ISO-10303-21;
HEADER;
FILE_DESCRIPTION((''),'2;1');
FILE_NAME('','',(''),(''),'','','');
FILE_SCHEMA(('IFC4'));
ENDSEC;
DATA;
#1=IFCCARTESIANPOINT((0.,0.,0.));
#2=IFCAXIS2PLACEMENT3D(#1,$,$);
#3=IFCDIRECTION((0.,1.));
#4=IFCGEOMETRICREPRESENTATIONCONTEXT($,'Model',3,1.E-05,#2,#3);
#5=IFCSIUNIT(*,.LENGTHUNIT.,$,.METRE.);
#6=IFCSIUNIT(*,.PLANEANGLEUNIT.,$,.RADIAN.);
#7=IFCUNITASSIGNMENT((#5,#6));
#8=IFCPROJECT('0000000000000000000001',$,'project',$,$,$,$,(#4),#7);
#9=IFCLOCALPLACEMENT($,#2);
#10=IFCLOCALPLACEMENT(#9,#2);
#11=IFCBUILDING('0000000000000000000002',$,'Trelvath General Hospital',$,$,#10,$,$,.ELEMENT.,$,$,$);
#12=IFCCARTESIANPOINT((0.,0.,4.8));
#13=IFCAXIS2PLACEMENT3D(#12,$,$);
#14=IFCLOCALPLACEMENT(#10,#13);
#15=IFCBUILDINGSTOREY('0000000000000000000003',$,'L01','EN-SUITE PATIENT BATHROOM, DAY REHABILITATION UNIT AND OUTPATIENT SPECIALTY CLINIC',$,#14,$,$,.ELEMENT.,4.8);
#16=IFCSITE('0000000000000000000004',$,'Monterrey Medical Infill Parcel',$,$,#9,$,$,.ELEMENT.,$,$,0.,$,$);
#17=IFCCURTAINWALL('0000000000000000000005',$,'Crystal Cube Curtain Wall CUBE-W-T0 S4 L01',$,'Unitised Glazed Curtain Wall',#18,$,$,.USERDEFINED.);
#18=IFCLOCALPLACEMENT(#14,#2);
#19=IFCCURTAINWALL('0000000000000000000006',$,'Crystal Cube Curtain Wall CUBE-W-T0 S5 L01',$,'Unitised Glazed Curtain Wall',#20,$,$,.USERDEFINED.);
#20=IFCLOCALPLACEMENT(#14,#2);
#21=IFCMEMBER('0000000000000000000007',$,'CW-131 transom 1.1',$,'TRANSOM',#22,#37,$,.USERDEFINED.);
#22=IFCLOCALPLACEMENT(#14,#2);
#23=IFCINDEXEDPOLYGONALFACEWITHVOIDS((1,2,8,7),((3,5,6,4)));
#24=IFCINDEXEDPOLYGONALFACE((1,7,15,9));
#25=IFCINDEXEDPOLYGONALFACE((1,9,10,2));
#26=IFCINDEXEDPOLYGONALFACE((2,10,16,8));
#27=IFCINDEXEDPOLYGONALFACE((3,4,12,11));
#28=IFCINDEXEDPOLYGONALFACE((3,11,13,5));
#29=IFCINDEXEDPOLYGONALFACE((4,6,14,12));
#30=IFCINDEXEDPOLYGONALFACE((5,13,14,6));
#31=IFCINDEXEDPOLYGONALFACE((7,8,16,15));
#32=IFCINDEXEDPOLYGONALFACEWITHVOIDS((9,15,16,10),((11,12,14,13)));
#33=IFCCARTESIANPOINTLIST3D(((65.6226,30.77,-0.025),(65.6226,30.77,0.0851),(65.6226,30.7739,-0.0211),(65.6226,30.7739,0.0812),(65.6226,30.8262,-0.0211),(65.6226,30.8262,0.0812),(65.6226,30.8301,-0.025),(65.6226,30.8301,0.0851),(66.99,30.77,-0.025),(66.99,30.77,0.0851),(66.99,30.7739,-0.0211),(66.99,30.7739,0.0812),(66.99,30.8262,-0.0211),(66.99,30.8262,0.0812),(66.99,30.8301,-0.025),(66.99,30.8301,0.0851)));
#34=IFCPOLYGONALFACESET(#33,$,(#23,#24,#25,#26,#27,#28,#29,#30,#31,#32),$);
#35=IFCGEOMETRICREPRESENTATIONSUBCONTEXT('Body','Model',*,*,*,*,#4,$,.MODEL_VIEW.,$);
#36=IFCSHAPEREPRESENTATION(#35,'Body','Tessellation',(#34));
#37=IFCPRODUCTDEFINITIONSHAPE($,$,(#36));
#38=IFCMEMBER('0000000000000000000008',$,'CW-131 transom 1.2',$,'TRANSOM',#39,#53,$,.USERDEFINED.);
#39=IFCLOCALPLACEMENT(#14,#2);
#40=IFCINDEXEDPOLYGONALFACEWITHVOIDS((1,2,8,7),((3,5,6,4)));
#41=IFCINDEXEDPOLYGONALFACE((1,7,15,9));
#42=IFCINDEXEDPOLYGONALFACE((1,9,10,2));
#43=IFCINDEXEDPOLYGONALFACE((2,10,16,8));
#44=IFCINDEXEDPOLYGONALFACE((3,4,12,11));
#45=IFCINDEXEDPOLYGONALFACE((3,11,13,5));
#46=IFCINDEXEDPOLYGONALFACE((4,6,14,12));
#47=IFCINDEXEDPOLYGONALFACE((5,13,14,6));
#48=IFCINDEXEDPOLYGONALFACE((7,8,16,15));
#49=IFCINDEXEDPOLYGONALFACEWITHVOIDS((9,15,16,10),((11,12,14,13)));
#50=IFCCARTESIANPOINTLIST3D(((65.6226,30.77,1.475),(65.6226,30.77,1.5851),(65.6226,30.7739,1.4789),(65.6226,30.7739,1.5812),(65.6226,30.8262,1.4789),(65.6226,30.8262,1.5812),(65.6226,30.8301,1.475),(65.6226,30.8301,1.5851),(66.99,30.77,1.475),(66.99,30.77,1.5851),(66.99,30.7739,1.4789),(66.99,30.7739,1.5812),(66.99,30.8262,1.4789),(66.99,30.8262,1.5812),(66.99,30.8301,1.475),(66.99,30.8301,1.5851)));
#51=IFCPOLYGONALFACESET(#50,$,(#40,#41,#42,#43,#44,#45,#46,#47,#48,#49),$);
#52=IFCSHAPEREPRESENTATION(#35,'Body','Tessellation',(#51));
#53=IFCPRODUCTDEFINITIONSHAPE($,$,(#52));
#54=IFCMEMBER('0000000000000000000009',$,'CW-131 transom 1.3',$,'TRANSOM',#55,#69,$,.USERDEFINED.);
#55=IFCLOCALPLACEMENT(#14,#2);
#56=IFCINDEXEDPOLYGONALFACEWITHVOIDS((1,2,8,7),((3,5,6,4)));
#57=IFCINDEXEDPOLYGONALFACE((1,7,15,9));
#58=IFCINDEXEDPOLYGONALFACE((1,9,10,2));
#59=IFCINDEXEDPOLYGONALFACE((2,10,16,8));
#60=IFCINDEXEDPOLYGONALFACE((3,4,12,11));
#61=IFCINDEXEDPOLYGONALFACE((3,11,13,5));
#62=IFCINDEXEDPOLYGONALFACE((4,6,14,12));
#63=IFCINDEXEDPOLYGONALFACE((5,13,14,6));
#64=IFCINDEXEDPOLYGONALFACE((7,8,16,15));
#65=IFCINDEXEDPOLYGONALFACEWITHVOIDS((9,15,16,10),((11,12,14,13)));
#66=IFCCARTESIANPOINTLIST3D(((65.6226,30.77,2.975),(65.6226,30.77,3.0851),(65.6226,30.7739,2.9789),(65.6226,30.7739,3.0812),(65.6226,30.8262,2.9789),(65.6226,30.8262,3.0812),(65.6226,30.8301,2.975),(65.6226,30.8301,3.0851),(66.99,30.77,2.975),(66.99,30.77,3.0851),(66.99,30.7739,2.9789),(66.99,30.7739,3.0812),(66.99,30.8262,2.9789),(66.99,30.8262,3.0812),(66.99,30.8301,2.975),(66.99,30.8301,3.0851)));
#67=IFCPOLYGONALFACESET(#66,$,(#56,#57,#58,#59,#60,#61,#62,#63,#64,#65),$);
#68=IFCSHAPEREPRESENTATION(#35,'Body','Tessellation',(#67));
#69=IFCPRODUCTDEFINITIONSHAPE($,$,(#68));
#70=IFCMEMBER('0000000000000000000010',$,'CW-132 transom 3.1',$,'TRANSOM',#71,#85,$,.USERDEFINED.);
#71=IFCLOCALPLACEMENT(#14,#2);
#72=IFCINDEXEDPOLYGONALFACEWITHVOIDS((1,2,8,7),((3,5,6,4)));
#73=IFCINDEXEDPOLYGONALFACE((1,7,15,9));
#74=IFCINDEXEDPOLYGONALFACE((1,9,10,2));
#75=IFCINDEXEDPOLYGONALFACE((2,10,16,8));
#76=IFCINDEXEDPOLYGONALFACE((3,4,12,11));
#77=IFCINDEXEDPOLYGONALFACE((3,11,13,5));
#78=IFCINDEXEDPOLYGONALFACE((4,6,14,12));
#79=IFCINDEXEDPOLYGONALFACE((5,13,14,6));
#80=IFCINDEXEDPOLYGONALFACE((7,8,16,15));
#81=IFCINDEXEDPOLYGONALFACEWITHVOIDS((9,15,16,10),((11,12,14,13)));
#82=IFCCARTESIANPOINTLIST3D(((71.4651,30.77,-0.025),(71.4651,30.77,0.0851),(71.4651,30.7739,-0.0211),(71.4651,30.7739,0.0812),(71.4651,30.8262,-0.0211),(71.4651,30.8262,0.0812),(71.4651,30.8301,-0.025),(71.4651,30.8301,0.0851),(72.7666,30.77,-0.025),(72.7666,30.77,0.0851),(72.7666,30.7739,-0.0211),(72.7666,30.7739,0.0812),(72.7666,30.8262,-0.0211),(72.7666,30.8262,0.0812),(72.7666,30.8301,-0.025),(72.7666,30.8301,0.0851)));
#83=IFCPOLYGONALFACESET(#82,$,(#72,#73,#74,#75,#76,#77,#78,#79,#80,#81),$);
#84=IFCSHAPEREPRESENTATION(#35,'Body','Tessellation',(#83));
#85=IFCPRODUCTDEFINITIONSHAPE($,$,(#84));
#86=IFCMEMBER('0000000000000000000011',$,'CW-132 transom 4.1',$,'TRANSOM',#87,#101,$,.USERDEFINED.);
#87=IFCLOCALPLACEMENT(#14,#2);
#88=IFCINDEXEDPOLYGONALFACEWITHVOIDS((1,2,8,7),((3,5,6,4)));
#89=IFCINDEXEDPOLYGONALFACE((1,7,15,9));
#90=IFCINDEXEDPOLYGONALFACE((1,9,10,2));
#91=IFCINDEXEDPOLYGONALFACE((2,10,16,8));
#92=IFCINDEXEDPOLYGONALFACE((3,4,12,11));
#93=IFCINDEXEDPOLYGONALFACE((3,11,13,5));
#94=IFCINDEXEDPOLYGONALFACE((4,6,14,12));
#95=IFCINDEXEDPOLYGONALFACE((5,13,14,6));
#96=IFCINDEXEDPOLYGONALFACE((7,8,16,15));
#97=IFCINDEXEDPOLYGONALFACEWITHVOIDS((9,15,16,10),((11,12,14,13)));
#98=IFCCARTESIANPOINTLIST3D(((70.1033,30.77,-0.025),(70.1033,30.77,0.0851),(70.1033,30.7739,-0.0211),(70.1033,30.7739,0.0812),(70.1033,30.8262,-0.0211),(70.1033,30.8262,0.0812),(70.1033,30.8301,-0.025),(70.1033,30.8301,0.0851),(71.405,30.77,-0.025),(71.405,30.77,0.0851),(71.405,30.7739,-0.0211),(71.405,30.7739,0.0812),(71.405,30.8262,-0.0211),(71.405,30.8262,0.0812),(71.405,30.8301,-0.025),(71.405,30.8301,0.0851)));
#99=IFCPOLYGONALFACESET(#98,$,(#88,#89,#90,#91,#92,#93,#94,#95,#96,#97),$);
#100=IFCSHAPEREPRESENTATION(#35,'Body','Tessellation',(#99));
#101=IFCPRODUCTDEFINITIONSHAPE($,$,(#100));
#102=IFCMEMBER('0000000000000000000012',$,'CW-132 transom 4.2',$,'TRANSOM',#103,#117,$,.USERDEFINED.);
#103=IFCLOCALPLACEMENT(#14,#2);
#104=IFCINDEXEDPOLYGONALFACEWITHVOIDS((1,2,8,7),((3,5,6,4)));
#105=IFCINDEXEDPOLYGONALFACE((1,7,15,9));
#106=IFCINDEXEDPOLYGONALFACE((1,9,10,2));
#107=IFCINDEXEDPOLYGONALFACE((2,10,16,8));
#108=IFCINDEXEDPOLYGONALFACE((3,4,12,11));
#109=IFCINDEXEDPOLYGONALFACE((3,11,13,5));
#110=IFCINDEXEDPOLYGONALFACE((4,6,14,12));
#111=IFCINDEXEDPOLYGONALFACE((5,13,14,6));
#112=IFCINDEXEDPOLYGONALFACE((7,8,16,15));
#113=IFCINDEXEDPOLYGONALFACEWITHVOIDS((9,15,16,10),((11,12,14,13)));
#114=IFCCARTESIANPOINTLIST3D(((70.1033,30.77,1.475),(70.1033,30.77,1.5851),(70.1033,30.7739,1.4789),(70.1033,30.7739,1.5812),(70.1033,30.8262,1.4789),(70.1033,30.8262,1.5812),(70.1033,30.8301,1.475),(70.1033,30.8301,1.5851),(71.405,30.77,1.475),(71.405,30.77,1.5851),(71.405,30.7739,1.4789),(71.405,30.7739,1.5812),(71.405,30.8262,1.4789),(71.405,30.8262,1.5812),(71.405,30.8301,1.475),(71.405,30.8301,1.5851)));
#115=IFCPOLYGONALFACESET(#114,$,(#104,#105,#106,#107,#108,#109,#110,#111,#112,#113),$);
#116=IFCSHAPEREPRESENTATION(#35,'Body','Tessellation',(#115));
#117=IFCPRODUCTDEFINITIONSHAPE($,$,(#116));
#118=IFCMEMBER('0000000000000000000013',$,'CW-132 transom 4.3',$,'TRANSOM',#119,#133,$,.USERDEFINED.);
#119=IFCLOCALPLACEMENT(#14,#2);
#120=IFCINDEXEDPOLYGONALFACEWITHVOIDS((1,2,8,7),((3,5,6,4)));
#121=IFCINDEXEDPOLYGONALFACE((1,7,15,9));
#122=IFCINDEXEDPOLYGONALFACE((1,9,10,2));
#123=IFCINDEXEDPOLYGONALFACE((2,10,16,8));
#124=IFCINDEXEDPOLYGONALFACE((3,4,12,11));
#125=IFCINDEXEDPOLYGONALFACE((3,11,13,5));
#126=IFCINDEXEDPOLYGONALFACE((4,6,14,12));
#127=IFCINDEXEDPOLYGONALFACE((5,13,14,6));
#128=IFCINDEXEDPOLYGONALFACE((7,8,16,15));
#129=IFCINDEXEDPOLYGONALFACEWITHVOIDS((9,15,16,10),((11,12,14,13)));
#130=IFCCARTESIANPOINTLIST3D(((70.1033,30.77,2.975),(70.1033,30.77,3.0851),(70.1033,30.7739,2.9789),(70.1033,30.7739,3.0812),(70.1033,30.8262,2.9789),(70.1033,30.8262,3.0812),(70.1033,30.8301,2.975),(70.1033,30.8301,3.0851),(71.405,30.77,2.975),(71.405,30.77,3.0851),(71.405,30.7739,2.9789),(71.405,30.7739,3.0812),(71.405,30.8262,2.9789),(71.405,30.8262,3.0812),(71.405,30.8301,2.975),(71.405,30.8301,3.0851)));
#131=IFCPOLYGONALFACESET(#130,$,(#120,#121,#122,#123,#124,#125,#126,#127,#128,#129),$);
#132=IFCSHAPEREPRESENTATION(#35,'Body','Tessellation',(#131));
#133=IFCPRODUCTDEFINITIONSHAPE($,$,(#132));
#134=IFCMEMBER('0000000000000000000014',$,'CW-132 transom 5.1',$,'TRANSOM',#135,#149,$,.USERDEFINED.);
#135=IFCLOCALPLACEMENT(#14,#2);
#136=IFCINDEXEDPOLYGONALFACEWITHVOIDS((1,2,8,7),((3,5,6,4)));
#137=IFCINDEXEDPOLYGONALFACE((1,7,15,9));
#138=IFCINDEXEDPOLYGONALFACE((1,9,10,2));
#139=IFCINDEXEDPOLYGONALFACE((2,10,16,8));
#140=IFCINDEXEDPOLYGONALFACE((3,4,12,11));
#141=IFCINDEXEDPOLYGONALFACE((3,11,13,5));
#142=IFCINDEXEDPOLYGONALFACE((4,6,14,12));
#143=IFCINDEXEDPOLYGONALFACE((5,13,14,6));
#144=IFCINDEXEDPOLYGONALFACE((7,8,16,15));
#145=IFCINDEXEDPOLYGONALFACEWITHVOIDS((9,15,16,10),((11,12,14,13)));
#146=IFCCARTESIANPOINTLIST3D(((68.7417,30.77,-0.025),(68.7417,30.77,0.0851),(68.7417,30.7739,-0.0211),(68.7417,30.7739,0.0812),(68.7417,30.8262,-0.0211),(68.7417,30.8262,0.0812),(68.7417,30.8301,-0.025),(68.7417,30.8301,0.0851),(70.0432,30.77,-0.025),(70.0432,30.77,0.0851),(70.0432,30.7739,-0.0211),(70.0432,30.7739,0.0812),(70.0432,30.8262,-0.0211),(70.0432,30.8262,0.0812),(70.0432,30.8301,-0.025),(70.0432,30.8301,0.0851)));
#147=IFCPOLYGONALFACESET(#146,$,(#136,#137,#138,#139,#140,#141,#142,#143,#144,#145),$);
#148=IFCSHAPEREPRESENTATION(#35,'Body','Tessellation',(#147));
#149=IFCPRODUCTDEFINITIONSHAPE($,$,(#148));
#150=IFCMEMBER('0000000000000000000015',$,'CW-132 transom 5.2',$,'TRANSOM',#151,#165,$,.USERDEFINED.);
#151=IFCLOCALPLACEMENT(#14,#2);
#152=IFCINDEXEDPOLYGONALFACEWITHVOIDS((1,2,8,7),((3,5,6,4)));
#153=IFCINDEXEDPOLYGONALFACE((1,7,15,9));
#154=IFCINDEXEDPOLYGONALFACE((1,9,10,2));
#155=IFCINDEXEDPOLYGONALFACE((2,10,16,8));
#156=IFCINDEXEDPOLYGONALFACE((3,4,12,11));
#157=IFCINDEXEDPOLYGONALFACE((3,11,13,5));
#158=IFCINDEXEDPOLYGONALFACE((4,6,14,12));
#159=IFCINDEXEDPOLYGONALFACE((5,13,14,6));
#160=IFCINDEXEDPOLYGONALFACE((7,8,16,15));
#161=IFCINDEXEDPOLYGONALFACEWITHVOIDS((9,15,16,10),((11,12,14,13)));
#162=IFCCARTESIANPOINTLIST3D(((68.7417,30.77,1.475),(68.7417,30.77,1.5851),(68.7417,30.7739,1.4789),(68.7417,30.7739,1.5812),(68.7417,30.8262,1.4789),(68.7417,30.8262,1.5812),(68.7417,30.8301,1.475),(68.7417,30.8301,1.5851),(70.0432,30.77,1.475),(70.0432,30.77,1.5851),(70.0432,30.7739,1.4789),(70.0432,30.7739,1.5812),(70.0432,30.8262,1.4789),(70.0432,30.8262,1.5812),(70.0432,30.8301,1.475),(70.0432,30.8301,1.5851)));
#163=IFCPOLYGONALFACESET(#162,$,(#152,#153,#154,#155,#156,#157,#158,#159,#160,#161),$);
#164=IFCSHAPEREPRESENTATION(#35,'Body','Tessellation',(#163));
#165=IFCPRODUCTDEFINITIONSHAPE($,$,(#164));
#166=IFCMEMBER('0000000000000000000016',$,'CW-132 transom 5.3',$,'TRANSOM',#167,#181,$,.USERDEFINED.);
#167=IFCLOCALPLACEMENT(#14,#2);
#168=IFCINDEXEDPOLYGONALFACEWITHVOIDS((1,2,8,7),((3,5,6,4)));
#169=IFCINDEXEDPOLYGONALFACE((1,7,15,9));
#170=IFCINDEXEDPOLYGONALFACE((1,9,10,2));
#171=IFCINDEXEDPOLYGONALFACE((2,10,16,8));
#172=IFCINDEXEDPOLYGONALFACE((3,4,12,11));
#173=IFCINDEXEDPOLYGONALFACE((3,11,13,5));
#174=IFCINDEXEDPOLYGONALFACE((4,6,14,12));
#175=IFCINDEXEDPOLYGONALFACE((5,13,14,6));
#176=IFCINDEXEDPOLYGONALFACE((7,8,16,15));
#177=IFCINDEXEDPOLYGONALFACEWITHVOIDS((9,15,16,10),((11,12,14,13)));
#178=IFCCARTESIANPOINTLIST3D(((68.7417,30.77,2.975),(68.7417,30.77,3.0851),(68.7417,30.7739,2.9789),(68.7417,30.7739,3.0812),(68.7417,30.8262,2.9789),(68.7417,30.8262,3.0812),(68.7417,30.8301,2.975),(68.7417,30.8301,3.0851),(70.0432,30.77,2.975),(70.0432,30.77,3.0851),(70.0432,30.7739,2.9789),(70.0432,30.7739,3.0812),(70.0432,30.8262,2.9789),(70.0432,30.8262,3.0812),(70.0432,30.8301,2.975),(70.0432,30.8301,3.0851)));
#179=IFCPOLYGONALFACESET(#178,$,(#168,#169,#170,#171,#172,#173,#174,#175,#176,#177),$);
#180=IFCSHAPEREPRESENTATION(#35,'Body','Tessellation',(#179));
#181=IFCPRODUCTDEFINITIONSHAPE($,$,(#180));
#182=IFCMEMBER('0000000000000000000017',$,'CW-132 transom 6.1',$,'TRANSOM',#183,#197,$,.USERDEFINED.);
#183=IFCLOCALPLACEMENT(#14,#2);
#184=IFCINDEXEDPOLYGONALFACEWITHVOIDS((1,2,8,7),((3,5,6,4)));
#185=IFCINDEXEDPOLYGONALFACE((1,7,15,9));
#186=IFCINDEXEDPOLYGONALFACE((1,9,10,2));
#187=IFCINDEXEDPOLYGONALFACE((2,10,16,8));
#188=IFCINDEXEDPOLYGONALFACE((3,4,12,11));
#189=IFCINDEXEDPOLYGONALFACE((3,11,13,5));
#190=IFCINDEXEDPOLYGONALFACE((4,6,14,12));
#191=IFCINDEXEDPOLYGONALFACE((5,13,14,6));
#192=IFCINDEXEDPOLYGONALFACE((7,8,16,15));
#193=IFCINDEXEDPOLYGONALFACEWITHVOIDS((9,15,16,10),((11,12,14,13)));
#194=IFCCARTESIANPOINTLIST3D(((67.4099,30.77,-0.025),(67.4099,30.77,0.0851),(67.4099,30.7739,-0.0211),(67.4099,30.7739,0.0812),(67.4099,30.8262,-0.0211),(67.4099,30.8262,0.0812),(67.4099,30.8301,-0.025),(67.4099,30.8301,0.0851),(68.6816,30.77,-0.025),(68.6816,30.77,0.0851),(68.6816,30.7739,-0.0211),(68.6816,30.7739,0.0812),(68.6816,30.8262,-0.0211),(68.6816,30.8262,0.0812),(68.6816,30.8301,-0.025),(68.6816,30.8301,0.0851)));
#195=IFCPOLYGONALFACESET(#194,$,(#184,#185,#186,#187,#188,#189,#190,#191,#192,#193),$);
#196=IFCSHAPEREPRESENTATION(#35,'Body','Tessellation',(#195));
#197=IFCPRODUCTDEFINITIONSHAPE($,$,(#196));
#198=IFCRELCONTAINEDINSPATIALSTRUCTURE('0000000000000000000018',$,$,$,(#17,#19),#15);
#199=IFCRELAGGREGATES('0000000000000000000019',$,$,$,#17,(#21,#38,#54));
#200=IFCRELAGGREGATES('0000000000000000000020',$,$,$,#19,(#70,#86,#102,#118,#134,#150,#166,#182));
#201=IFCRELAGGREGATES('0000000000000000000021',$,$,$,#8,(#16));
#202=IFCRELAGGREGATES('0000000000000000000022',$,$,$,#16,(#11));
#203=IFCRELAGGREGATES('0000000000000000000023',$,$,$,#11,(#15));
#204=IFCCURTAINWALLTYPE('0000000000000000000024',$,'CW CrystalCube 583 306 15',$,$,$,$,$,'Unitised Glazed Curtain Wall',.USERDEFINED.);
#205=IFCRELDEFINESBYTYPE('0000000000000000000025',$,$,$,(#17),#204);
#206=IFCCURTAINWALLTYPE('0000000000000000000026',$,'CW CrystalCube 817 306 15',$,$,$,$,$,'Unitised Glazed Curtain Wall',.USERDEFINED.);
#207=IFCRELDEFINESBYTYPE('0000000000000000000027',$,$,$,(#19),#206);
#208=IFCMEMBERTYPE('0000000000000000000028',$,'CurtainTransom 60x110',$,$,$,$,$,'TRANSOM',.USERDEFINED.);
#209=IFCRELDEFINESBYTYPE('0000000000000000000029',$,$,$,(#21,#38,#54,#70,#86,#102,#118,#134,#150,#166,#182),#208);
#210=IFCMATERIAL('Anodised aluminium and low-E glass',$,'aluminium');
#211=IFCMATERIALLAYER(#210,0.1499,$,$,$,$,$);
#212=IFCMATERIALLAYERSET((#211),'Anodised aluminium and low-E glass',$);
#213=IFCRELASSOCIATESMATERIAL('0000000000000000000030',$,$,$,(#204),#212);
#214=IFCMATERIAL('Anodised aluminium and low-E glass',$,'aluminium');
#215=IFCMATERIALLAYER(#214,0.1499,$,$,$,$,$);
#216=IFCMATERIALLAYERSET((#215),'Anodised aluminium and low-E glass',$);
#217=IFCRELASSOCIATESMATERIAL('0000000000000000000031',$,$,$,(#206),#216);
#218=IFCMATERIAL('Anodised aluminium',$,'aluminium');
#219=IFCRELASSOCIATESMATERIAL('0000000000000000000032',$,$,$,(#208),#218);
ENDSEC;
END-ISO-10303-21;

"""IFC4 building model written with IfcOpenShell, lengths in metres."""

from ifc_helpers import new_model, si_unit, direction, frame, origin, origin_2d, place, context, subcontext, project, spatial, hollow_rectangle, extrude, material, layer, layer_set, material_profile, profile_set, type_object, element, aggregate, save


model = new_model("IFC4")

# Units and contexts
model_context = context("Model", 3, precision=1e-05, world=origin(), true_north=direction((0.0, 1.0)))
body_context = subcontext(model_context, "Body", "Model", "MODEL_VIEW")
ifc_project = project(units=[si_unit("LENGTHUNIT", "METRE"), si_unit("PLANEANGLEUNIT", "RADIAN")], contexts=[model_context])

# Site, building, storey
site_placement = place(None, origin())
site = spatial("IfcSite", under=ifc_project, at=site_placement, Name="Monterrey Medical Infill Parcel", CompositionType="ELEMENT", RefElevation=0.0)
building_placement = place(site_placement, origin())
building = spatial("IfcBuilding", under=site, at=building_placement, Name="Trelvath General Hospital", CompositionType="ELEMENT")
storey_placement = place(building_placement, frame((0.0, 0.0, 4.8)))
storey = spatial("IfcBuildingStorey", under=building, at=storey_placement, Name="L01", Description="EN-SUITE PATIENT BATHROOM, DAY REHABILITATION UNIT AND OUTPATIENT SPECIALTY CLINIC", CompositionType="ELEMENT", Elevation=4.8)

# Curtain walls
ifc_material_1 = material(Name="Anodised aluminium and low-E glass", Category="aluminium")
ifc_layer_1 = layer(ifc_material_1, 0.1499)
ifc_layer_set_1 = layer_set([ifc_layer_1], Name="Anodised aluminium and low-E glass")
curtain_wall_type_1 = type_object("IfcCurtainWallType", Name="CW CrystalCube 583 306 15", ElementType="Unitised Glazed Curtain Wall", PredefinedType="USERDEFINED", material=ifc_layer_set_1)
curtain_wall_1_placement = place(storey_placement, origin())
curtain_wall_1 = element("IfcCurtainWall", 1, at=curtain_wall_1_placement, inside=storey, type_object=curtain_wall_type_1, Name="Crystal Cube Curtain Wall CUBE-W-T0 S4 L01", ObjectType="Unitised Glazed Curtain Wall", PredefinedType="USERDEFINED")
ifc_material_2 = material(Name="Anodised aluminium and low-E glass", Category="aluminium")
ifc_layer_2 = layer(ifc_material_2, 0.1499)
ifc_layer_set_2 = layer_set([ifc_layer_2], Name="Anodised aluminium and low-E glass")
curtain_wall_type_2 = type_object("IfcCurtainWallType", Name="CW CrystalCube 817 306 15", ElementType="Unitised Glazed Curtain Wall", PredefinedType="USERDEFINED", material=ifc_layer_set_2)
curtain_wall_2_placement = place(storey_placement, origin())
curtain_wall_2 = element("IfcCurtainWall", 2, at=curtain_wall_2_placement, inside=storey, type_object=curtain_wall_type_2, Name="Crystal Cube Curtain Wall CUBE-W-T0 S5 L01", ObjectType="Unitised Glazed Curtain Wall", PredefinedType="USERDEFINED")

# Members
ifc_material_3 = material(Name="Anodised aluminium", Category="aluminium")
ifc_material_profile_1 = material_profile(ifc_material_3, hollow_rectangle(XDim=0.0601, YDim=0.1101, WallThickness=0.0039, at=origin_2d()), Name="RHS60x110x4")
ifc_profile_set_1 = profile_set([ifc_material_profile_1], Name="Anodised aluminium")
member_type_1 = type_object("IfcMemberType", Name="CurtainTransom 60x110", ElementType="TRANSOM", PredefinedType="USERDEFINED", material=ifc_profile_set_1)
member_1_placement = place(storey_placement, frame((66.99, 30.8, 0.03), z_axis=(-1.0, 0.0, 0.0), x_axis=(0.0, -1.0, 0.0)))
member_1 = element("IfcMember", 3, at=member_1_placement, type_object=member_type_1, Name="CW-131 transom 1.1", ObjectType="TRANSOM", PredefinedType="USERDEFINED", context=body_context, shape_type="SweptSolid", body=[
    extrude(hollow_rectangle(XDim=0.0601, YDim=0.1101, WallThickness=0.0039, at=origin_2d()), origin(), (0.0, 0.0, 1.0), 1.3674),
])
member_2_placement = place(storey_placement, frame((66.99, 30.8, 1.53), z_axis=(-1.0, 0.0, 0.0), x_axis=(0.0, -1.0, 0.0)))
member_2 = element("IfcMember", 4, at=member_2_placement, type_object=member_type_1, Name="CW-131 transom 1.2", ObjectType="TRANSOM", PredefinedType="USERDEFINED", context=body_context, shape_type="SweptSolid", body=[
    extrude(hollow_rectangle(XDim=0.0601, YDim=0.1101, WallThickness=0.0039, at=origin_2d()), origin(), (0.0, 0.0, 1.0), 1.3674),
])
member_3_placement = place(storey_placement, frame((66.99, 30.8, 3.03), z_axis=(-1.0, 0.0, 0.0), x_axis=(0.0, -1.0, 0.0)))
member_3 = element("IfcMember", 5, at=member_3_placement, type_object=member_type_1, Name="CW-131 transom 1.3", ObjectType="TRANSOM", PredefinedType="USERDEFINED", context=body_context, shape_type="SweptSolid", body=[
    extrude(hollow_rectangle(XDim=0.0601, YDim=0.1101, WallThickness=0.0039, at=origin_2d()), origin(), (0.0, 0.0, 1.0), 1.3674),
])
member_4_placement = place(storey_placement, frame((72.7666, 30.8, 0.03), z_axis=(-1.0, 0.0, 0.0), x_axis=(0.0, -1.0, 0.0)))
member_4 = element("IfcMember", 6, at=member_4_placement, type_object=member_type_1, Name="CW-132 transom 3.1", ObjectType="TRANSOM", PredefinedType="USERDEFINED", context=body_context, shape_type="SweptSolid", body=[
    extrude(hollow_rectangle(XDim=0.0601, YDim=0.1101, WallThickness=0.0039, at=origin_2d()), origin(), (0.0, 0.0, 1.0), 1.3015),
])
member_5_placement = place(storey_placement, frame((71.405, 30.8, 0.03), z_axis=(-1.0, 0.0, 0.0), x_axis=(0.0, -1.0, 0.0)))
member_5 = element("IfcMember", 7, at=member_5_placement, type_object=member_type_1, Name="CW-132 transom 4.1", ObjectType="TRANSOM", PredefinedType="USERDEFINED", context=body_context, shape_type="SweptSolid", body=[
    extrude(hollow_rectangle(XDim=0.0601, YDim=0.1101, WallThickness=0.0039, at=origin_2d()), origin(), (0.0, 0.0, 1.0), 1.3018),
])
member_6_placement = place(storey_placement, frame((71.405, 30.8, 1.53), z_axis=(-1.0, 0.0, 0.0), x_axis=(0.0, -1.0, 0.0)))
member_6 = element("IfcMember", 8, at=member_6_placement, type_object=member_type_1, Name="CW-132 transom 4.2", ObjectType="TRANSOM", PredefinedType="USERDEFINED", context=body_context, shape_type="SweptSolid", body=[
    extrude(hollow_rectangle(XDim=0.0601, YDim=0.1101, WallThickness=0.0039, at=origin_2d()), origin(), (0.0, 0.0, 1.0), 1.3018),
])
member_7_placement = place(storey_placement, frame((71.405, 30.8, 3.03), z_axis=(-1.0, 0.0, 0.0), x_axis=(0.0, -1.0, 0.0)))
member_7 = element("IfcMember", 9, at=member_7_placement, type_object=member_type_1, Name="CW-132 transom 4.3", ObjectType="TRANSOM", PredefinedType="USERDEFINED", context=body_context, shape_type="SweptSolid", body=[
    extrude(hollow_rectangle(XDim=0.0601, YDim=0.1101, WallThickness=0.0039, at=origin_2d()), origin(), (0.0, 0.0, 1.0), 1.3018),
])
member_8_placement = place(storey_placement, frame((70.0432, 30.8, 0.03), z_axis=(-1.0, 0.0, 0.0), x_axis=(0.0, -1.0, 0.0)))
member_8 = element("IfcMember", 10, at=member_8_placement, type_object=member_type_1, Name="CW-132 transom 5.1", ObjectType="TRANSOM", PredefinedType="USERDEFINED", context=body_context, shape_type="SweptSolid", body=[
    extrude(hollow_rectangle(XDim=0.0601, YDim=0.1101, WallThickness=0.0039, at=origin_2d()), origin(), (0.0, 0.0, 1.0), 1.3015),
])
member_9_placement = place(storey_placement, frame((70.0432, 30.8, 1.53), z_axis=(-1.0, 0.0, 0.0), x_axis=(0.0, -1.0, 0.0)))
member_9 = element("IfcMember", 11, at=member_9_placement, type_object=member_type_1, Name="CW-132 transom 5.2", ObjectType="TRANSOM", PredefinedType="USERDEFINED", context=body_context, shape_type="SweptSolid", body=[
    extrude(hollow_rectangle(XDim=0.0601, YDim=0.1101, WallThickness=0.0039, at=origin_2d()), origin(), (0.0, 0.0, 1.0), 1.3015),
])
member_10_placement = place(storey_placement, frame((70.0432, 30.8, 3.03), z_axis=(-1.0, 0.0, 0.0), x_axis=(0.0, -1.0, 0.0)))
member_10 = element("IfcMember", 12, at=member_10_placement, type_object=member_type_1, Name="CW-132 transom 5.3", ObjectType="TRANSOM", PredefinedType="USERDEFINED", context=body_context, shape_type="SweptSolid", body=[
    extrude(hollow_rectangle(XDim=0.0601, YDim=0.1101, WallThickness=0.0039, at=origin_2d()), origin(), (0.0, 0.0, 1.0), 1.3015),
])
member_11_placement = place(storey_placement, frame((68.6816, 30.8, 0.03), z_axis=(-1.0, 0.0, 0.0), x_axis=(0.0, -1.0, 0.0)))
member_11 = element("IfcMember", 13, at=member_11_placement, type_object=member_type_1, Name="CW-132 transom 6.1", ObjectType="TRANSOM", PredefinedType="USERDEFINED", context=body_context, shape_type="SweptSolid", body=[
    extrude(hollow_rectangle(XDim=0.0601, YDim=0.1101, WallThickness=0.0039, at=origin_2d()), origin(), (0.0, 0.0, 1.0), 1.2717),
])

aggregate(curtain_wall_1, [member_1, member_2, member_3])
aggregate(curtain_wall_2, [member_4, member_5, member_6, member_7, member_8, member_9, member_10, member_11])

save(model, "model.ifc")
